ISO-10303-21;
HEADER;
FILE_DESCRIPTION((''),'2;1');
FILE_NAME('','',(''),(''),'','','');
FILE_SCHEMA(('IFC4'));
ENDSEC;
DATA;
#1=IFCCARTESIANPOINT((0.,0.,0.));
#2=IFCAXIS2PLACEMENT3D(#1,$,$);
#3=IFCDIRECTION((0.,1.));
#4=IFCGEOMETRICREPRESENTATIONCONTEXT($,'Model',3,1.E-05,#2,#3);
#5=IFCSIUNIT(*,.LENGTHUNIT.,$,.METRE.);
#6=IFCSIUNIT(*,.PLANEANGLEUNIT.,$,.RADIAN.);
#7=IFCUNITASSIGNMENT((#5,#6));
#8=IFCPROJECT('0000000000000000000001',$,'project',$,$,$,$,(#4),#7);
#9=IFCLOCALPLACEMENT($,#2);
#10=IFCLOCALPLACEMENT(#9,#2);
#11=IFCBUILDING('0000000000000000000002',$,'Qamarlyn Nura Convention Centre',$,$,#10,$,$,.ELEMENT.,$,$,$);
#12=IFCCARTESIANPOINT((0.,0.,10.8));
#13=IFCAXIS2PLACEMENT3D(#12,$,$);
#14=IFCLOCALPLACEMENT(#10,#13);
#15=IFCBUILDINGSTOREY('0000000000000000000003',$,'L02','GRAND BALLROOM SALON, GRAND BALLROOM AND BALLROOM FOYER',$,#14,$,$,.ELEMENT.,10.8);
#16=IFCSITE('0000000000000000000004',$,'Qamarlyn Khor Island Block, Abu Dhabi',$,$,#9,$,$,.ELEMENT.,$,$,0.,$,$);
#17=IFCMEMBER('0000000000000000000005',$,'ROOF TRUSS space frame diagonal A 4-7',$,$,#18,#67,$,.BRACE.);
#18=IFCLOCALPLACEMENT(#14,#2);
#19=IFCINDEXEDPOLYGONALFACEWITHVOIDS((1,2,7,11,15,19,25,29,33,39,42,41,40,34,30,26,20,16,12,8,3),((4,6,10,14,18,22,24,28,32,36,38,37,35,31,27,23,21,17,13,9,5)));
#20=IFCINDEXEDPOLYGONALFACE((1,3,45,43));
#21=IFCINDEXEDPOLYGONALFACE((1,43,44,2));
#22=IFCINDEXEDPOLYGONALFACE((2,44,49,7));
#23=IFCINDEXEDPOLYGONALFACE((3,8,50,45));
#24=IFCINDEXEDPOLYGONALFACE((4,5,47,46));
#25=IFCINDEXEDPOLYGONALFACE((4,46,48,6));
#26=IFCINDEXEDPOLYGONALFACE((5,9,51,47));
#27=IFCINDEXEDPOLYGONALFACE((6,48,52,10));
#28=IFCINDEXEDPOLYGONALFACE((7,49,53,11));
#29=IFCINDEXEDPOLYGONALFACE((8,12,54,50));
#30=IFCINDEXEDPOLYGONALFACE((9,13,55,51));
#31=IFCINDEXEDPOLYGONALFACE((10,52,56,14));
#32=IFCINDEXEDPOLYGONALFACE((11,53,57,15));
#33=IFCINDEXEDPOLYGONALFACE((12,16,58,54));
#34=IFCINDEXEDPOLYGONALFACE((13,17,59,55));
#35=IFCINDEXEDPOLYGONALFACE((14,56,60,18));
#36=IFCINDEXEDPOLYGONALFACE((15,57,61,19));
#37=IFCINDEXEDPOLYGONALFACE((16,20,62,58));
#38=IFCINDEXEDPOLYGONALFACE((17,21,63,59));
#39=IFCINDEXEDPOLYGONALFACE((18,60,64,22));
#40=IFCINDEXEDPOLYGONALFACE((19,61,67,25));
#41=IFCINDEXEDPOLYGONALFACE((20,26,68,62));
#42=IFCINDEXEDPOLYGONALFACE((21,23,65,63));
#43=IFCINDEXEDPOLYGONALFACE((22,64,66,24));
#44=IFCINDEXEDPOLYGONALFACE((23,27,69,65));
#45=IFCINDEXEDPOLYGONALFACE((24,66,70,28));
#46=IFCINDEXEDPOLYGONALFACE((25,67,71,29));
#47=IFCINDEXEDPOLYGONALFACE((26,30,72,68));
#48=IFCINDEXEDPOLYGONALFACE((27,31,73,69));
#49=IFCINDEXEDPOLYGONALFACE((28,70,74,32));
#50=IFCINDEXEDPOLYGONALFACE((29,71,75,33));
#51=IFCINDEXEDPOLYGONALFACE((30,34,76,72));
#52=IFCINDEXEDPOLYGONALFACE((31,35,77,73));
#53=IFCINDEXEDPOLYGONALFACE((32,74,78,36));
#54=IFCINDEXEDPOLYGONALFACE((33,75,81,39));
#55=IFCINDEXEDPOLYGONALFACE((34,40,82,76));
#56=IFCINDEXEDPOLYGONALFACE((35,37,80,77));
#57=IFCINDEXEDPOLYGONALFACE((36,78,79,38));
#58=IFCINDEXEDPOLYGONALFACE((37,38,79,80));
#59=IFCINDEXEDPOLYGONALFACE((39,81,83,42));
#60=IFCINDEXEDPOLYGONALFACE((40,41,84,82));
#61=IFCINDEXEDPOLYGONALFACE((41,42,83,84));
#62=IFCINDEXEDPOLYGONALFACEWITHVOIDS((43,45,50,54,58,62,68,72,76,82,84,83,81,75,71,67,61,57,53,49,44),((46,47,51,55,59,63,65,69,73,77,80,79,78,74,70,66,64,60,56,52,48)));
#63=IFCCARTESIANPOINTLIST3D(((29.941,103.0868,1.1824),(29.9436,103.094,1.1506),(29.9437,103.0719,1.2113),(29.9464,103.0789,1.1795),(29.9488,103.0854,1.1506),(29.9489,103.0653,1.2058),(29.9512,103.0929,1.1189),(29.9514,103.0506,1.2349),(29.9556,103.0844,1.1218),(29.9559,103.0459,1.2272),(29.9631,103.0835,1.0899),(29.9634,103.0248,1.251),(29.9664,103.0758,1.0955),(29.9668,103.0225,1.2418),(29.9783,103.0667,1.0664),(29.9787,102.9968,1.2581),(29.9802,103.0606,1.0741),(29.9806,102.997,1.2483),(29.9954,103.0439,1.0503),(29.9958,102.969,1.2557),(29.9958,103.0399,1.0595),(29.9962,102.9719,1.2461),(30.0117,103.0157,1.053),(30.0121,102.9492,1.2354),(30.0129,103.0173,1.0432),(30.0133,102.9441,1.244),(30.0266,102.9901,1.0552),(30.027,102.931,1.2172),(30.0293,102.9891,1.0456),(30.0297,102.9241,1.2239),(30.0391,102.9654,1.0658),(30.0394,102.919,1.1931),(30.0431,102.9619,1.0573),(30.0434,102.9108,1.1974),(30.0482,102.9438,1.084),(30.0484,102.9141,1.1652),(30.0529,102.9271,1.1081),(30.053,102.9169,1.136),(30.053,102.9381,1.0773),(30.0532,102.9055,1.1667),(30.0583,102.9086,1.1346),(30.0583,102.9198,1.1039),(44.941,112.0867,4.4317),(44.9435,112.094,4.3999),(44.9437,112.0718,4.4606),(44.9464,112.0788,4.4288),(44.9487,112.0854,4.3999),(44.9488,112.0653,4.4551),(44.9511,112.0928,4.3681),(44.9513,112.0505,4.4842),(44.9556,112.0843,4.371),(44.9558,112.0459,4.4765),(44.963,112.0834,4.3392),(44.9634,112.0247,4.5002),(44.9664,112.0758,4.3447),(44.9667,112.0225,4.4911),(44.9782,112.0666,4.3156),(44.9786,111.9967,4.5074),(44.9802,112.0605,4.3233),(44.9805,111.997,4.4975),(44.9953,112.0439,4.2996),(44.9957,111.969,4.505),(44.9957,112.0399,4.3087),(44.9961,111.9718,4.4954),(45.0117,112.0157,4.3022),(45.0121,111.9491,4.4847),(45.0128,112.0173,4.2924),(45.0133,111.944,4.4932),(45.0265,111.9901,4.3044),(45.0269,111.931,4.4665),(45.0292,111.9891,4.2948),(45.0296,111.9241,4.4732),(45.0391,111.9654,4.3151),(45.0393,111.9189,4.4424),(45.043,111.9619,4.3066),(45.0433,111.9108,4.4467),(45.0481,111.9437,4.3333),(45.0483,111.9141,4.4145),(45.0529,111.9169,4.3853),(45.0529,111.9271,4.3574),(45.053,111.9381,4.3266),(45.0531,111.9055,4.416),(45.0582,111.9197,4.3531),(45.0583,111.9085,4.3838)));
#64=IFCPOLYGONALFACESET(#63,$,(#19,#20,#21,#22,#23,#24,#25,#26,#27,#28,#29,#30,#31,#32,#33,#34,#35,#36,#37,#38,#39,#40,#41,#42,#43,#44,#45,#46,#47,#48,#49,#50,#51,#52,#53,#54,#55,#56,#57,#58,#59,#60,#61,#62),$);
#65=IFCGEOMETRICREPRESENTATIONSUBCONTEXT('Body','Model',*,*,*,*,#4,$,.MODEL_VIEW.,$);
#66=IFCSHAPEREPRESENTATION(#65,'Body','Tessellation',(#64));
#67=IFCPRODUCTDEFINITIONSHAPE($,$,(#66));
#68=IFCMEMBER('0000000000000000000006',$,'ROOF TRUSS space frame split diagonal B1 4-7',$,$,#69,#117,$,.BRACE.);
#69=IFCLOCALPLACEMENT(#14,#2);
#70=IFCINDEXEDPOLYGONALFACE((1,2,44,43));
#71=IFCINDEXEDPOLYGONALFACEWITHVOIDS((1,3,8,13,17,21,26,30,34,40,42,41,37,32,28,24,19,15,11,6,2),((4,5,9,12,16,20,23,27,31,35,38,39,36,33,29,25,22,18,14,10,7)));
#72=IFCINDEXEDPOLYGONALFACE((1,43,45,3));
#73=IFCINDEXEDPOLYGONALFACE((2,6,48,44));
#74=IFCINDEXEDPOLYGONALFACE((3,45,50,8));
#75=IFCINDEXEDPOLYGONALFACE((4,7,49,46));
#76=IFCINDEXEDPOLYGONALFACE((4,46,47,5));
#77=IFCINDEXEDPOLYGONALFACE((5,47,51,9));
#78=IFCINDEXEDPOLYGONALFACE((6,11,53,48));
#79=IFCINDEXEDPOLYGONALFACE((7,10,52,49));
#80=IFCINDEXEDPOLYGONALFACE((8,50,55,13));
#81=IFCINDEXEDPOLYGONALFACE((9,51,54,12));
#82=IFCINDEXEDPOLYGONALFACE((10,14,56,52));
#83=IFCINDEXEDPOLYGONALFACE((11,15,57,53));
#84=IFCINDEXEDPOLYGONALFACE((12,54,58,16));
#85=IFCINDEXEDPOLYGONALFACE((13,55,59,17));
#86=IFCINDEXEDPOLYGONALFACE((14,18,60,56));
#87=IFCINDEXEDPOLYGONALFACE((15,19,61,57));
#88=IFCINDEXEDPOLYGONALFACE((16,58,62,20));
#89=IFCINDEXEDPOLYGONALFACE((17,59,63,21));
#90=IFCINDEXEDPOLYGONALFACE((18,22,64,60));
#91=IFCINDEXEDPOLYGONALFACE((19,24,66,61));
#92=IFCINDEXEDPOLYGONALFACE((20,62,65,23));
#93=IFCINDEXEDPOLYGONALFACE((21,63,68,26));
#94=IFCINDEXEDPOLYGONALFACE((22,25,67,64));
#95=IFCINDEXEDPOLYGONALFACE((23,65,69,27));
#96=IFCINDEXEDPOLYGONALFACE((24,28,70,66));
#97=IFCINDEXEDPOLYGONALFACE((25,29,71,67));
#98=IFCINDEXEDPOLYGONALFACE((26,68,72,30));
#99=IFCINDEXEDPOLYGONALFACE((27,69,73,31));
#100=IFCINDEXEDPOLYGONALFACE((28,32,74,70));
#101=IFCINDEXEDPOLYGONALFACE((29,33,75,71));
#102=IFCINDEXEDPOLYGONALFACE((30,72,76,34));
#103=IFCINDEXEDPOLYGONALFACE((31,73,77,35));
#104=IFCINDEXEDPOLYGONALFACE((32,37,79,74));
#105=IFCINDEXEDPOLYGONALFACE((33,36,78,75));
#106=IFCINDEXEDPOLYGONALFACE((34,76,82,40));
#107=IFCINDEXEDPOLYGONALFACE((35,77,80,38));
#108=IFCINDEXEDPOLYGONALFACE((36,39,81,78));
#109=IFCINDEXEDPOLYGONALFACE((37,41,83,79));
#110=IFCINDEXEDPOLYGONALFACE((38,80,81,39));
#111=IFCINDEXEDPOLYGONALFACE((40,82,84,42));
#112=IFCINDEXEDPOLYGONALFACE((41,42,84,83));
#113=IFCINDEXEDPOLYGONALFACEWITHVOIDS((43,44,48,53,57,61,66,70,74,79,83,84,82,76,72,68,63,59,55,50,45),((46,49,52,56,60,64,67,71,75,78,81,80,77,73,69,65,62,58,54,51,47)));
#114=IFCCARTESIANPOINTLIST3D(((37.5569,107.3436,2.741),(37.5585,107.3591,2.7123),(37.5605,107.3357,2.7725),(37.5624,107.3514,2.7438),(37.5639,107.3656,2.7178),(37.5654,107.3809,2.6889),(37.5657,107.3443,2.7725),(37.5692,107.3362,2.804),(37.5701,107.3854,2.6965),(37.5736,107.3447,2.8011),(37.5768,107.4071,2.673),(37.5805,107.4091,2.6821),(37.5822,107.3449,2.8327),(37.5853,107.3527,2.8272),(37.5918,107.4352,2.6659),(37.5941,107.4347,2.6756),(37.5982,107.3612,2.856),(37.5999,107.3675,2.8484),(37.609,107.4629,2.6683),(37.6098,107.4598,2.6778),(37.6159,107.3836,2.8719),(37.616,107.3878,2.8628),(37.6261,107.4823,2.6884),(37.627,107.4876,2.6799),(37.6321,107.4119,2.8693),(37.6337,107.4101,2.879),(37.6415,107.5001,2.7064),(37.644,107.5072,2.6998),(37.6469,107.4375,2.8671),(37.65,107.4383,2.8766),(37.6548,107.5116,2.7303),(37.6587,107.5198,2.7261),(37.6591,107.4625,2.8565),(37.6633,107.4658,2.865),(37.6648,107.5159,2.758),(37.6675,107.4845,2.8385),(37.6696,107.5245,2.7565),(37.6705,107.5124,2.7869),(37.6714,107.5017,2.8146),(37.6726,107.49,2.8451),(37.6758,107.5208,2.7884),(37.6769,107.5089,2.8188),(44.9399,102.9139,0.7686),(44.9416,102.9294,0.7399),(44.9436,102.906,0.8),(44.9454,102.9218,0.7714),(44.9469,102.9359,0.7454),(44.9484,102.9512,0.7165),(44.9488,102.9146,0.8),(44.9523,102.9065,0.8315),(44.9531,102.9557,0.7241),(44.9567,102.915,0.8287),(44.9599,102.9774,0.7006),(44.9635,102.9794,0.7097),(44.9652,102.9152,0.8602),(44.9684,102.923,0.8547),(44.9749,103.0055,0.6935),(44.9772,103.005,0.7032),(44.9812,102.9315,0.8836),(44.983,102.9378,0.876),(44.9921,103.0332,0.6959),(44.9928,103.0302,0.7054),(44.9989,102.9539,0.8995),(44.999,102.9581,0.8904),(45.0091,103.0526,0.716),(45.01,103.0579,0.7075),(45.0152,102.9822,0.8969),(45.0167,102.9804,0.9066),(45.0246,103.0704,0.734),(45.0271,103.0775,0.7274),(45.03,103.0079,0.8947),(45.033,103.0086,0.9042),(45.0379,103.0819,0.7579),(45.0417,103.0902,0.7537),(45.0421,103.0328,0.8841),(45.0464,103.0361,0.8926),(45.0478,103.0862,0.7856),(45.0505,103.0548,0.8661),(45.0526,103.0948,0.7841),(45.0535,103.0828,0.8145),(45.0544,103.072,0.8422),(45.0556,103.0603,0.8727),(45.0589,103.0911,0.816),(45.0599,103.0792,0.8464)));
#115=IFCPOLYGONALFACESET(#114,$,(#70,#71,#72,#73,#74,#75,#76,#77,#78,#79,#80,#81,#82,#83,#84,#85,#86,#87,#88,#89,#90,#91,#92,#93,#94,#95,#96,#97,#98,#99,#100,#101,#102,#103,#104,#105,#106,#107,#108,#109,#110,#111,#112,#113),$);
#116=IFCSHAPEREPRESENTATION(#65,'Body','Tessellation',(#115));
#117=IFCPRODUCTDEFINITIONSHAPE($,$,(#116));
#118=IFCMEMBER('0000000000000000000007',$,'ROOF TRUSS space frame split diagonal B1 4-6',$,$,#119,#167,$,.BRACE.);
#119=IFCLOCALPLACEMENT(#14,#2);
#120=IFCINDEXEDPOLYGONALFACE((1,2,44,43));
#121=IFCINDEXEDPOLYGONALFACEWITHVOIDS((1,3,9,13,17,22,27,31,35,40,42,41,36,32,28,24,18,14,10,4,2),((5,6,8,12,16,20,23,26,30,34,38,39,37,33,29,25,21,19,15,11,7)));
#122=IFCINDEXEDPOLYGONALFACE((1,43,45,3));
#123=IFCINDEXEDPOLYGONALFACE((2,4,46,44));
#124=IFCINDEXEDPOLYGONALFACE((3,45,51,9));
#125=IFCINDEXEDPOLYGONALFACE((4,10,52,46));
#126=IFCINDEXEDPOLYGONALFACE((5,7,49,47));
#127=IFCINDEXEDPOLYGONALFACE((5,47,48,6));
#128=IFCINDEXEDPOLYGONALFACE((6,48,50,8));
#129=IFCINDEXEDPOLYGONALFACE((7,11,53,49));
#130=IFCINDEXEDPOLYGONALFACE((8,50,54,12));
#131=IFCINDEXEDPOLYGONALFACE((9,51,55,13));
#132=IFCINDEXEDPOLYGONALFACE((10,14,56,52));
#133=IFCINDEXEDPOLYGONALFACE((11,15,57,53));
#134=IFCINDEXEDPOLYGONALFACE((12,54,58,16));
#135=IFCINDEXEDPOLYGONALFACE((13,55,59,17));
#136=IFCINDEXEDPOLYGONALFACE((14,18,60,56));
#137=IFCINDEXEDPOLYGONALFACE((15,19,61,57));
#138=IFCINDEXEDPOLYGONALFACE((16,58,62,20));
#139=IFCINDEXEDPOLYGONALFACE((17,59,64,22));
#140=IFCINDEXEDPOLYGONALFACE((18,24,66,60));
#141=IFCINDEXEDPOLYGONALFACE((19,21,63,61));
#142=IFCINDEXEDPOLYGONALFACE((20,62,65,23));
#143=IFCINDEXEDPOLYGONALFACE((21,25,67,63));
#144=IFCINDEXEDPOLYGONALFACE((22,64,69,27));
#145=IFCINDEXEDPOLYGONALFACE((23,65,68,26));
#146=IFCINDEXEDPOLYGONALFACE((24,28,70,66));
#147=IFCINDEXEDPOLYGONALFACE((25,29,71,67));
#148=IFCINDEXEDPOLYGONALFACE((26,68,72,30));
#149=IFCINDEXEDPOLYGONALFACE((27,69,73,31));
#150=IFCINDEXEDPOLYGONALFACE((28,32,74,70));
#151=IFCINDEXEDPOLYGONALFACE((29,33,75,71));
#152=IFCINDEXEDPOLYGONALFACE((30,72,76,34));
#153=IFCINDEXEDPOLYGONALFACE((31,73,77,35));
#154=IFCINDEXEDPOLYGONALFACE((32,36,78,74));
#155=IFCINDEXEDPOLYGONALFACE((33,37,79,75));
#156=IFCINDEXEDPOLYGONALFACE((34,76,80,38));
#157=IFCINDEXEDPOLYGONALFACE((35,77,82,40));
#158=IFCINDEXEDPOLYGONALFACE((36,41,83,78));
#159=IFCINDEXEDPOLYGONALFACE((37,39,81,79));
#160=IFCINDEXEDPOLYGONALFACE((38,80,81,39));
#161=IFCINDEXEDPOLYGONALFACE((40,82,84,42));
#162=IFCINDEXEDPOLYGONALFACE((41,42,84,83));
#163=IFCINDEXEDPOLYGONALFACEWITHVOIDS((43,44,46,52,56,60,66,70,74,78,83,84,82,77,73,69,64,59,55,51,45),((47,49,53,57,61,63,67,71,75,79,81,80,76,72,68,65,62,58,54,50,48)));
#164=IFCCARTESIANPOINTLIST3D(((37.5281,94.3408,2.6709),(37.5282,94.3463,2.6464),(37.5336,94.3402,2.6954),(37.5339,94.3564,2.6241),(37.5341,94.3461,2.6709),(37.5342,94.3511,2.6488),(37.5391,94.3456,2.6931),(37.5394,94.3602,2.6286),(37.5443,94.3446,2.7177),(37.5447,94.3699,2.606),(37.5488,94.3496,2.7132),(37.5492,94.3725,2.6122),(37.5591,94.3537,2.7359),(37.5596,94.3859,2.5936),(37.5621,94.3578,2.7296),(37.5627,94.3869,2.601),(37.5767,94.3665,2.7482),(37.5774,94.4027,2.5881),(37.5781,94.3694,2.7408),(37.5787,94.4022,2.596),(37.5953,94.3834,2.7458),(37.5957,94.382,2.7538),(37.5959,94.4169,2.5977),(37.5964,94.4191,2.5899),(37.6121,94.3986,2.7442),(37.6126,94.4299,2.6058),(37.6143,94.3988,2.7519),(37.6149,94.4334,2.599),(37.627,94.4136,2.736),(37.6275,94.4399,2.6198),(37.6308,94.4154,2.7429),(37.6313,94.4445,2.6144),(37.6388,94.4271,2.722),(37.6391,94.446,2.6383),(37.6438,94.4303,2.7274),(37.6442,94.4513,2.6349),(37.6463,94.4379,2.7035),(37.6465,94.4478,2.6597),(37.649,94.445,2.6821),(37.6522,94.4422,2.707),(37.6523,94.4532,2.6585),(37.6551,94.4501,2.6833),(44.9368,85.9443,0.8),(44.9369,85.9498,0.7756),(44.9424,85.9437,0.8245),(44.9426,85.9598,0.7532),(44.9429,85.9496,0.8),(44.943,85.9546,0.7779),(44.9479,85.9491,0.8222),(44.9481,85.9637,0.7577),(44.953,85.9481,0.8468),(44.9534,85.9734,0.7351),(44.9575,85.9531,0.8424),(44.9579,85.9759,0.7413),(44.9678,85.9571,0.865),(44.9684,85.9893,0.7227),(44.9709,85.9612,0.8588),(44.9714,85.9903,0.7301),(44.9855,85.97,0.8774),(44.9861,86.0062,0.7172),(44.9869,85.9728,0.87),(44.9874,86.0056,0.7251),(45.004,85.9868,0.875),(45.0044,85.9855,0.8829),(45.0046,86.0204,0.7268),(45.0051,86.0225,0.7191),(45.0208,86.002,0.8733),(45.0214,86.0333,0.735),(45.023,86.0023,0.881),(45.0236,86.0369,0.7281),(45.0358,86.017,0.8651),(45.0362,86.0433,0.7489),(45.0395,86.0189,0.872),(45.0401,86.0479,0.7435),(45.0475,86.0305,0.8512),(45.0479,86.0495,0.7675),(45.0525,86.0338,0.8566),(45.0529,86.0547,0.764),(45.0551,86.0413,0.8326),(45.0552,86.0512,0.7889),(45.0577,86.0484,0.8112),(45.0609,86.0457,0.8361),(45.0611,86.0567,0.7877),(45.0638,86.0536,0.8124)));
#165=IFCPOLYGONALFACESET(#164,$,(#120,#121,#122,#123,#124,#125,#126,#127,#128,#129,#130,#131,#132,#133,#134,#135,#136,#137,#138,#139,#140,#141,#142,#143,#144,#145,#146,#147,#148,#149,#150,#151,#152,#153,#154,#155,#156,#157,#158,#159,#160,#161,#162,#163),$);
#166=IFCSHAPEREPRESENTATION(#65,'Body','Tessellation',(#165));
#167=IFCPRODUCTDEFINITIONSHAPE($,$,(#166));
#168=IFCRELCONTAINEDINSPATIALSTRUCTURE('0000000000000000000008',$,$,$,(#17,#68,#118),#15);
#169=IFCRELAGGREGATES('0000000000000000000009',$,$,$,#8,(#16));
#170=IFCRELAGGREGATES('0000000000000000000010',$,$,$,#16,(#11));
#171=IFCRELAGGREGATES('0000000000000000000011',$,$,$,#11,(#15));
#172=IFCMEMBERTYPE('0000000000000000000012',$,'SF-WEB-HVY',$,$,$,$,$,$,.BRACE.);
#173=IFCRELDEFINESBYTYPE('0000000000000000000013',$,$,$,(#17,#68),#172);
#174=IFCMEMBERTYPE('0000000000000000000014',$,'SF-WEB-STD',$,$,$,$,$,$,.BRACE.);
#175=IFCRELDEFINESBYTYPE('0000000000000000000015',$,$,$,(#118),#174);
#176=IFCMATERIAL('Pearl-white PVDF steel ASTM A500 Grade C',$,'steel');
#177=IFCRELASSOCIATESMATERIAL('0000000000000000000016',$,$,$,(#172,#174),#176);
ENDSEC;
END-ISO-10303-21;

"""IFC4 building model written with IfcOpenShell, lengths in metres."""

from ifc_helpers import new_model, si_unit, direction, frame, origin, origin_2d, place, context, subcontext, project, spatial, hollow_circle, extrude, material, material_profile, profile_set, type_object, element, save


model = new_model("IFC4")

# Units and contexts
model_context = context("Model", 3, precision=1e-05, world=origin(), true_north=direction((0.0, 1.0)))
body_context = subcontext(model_context, "Body", "Model", "MODEL_VIEW")
ifc_project = project(units=[si_unit("LENGTHUNIT", "METRE"), si_unit("PLANEANGLEUNIT", "RADIAN")], contexts=[model_context])

# Site, building, storey
site_placement = place(None, origin())
site = spatial("IfcSite", under=ifc_project, at=site_placement, Name="Qamarlyn Khor Island Block, Abu Dhabi", CompositionType="ELEMENT", RefElevation=0.0)
building_placement = place(site_placement, origin())
building = spatial("IfcBuilding", under=site, at=building_placement, Name="Qamarlyn Nura Convention Centre", CompositionType="ELEMENT")
storey_placement = place(building_placement, frame((0.0, 0.0, 10.8)))
storey = spatial("IfcBuildingStorey", under=building, at=storey_placement, Name="L02", Description="GRAND BALLROOM SALON, GRAND BALLROOM AND BALLROOM FOYER", CompositionType="ELEMENT", Elevation=10.8)

# Shared definitions
ifc_material_1 = material(Name="Pearl-white PVDF steel ASTM A500 Grade C", Category="steel")

# Members
ifc_material_profile_1 = material_profile(ifc_material_1, hollow_circle(Radius=0.1096, WallThickness=0.01, at=origin_2d()), Name="CHS219.1X10")
ifc_profile_set_1 = profile_set([ifc_material_profile_1], Name="Pearl-white PVDF steel ASTM A500 Grade C")
member_type_1 = type_object("IfcMemberType", Name="SF-WEB-HVY", PredefinedType="BRACE", material=ifc_profile_set_1)
member_1_placement = place(storey_placement, frame((30.0, 103.0, 1.1506), z_axis=(0.843072, 0.505843, 0.182624), x_axis=(-0.514496, 0.857493, 0.0)))
element("IfcMember", 1, at=member_1_placement, inside=storey, type_object=member_type_1, Name="ROOF TRUSS space frame diagonal A 4-7", PredefinedType="BRACE", context=body_context, shape_type="SweptSolid", body=[
    extrude(hollow_circle(Radius=0.1096, WallThickness=0.01, at=origin_2d()), origin(), (0.0, 0.0, 1.0), 17.792),
])
member_2_placement = place(storey_placement, frame((45.0, 103.0, 0.8), z_axis=(-0.835848, 0.501492, 0.2233), x_axis=(-0.514483, -0.8575, 0.0)))
element("IfcMember", 2, at=member_2_placement, inside=storey, type_object=member_type_1, Name="ROOF TRUSS space frame split diagonal B1 4-7", PredefinedType="BRACE", context=body_context, shape_type="SweptSolid", body=[
    extrude(hollow_circle(Radius=0.1096, WallThickness=0.01, at=origin_2d()), origin(), (0.0, 0.0, 1.0), 8.833),
])
ifc_material_profile_2 = material_profile(ifc_material_1, hollow_circle(Radius=0.0842, WallThickness=0.0081, at=origin_2d()), Name="CHS168.3X8")
ifc_profile_set_2 = profile_set([ifc_material_profile_2], Name="Pearl-white PVDF steel ASTM A500 Grade C")
member_type_2 = type_object("IfcMemberType", Name="SF-WEB-STD", PredefinedType="BRACE", material=ifc_profile_set_2)
member_3_placement = place(storey_placement, frame((45.0, 86.0, 0.8), z_axis=(-0.652578, 0.739585, 0.16479), x_axis=(-0.749837, -0.661623, 0.0)))
element("IfcMember", 3, at=member_3_placement, inside=storey, type_object=member_type_2, Name="ROOF TRUSS space frame split diagonal B1 4-6", PredefinedType="BRACE", context=body_context, shape_type="SweptSolid", body=[
    extrude(hollow_circle(Radius=0.0842, WallThickness=0.0081, at=origin_2d()), origin(), (0.0, 0.0, 1.0), 11.353),
])

save(model, "model.ifc")
